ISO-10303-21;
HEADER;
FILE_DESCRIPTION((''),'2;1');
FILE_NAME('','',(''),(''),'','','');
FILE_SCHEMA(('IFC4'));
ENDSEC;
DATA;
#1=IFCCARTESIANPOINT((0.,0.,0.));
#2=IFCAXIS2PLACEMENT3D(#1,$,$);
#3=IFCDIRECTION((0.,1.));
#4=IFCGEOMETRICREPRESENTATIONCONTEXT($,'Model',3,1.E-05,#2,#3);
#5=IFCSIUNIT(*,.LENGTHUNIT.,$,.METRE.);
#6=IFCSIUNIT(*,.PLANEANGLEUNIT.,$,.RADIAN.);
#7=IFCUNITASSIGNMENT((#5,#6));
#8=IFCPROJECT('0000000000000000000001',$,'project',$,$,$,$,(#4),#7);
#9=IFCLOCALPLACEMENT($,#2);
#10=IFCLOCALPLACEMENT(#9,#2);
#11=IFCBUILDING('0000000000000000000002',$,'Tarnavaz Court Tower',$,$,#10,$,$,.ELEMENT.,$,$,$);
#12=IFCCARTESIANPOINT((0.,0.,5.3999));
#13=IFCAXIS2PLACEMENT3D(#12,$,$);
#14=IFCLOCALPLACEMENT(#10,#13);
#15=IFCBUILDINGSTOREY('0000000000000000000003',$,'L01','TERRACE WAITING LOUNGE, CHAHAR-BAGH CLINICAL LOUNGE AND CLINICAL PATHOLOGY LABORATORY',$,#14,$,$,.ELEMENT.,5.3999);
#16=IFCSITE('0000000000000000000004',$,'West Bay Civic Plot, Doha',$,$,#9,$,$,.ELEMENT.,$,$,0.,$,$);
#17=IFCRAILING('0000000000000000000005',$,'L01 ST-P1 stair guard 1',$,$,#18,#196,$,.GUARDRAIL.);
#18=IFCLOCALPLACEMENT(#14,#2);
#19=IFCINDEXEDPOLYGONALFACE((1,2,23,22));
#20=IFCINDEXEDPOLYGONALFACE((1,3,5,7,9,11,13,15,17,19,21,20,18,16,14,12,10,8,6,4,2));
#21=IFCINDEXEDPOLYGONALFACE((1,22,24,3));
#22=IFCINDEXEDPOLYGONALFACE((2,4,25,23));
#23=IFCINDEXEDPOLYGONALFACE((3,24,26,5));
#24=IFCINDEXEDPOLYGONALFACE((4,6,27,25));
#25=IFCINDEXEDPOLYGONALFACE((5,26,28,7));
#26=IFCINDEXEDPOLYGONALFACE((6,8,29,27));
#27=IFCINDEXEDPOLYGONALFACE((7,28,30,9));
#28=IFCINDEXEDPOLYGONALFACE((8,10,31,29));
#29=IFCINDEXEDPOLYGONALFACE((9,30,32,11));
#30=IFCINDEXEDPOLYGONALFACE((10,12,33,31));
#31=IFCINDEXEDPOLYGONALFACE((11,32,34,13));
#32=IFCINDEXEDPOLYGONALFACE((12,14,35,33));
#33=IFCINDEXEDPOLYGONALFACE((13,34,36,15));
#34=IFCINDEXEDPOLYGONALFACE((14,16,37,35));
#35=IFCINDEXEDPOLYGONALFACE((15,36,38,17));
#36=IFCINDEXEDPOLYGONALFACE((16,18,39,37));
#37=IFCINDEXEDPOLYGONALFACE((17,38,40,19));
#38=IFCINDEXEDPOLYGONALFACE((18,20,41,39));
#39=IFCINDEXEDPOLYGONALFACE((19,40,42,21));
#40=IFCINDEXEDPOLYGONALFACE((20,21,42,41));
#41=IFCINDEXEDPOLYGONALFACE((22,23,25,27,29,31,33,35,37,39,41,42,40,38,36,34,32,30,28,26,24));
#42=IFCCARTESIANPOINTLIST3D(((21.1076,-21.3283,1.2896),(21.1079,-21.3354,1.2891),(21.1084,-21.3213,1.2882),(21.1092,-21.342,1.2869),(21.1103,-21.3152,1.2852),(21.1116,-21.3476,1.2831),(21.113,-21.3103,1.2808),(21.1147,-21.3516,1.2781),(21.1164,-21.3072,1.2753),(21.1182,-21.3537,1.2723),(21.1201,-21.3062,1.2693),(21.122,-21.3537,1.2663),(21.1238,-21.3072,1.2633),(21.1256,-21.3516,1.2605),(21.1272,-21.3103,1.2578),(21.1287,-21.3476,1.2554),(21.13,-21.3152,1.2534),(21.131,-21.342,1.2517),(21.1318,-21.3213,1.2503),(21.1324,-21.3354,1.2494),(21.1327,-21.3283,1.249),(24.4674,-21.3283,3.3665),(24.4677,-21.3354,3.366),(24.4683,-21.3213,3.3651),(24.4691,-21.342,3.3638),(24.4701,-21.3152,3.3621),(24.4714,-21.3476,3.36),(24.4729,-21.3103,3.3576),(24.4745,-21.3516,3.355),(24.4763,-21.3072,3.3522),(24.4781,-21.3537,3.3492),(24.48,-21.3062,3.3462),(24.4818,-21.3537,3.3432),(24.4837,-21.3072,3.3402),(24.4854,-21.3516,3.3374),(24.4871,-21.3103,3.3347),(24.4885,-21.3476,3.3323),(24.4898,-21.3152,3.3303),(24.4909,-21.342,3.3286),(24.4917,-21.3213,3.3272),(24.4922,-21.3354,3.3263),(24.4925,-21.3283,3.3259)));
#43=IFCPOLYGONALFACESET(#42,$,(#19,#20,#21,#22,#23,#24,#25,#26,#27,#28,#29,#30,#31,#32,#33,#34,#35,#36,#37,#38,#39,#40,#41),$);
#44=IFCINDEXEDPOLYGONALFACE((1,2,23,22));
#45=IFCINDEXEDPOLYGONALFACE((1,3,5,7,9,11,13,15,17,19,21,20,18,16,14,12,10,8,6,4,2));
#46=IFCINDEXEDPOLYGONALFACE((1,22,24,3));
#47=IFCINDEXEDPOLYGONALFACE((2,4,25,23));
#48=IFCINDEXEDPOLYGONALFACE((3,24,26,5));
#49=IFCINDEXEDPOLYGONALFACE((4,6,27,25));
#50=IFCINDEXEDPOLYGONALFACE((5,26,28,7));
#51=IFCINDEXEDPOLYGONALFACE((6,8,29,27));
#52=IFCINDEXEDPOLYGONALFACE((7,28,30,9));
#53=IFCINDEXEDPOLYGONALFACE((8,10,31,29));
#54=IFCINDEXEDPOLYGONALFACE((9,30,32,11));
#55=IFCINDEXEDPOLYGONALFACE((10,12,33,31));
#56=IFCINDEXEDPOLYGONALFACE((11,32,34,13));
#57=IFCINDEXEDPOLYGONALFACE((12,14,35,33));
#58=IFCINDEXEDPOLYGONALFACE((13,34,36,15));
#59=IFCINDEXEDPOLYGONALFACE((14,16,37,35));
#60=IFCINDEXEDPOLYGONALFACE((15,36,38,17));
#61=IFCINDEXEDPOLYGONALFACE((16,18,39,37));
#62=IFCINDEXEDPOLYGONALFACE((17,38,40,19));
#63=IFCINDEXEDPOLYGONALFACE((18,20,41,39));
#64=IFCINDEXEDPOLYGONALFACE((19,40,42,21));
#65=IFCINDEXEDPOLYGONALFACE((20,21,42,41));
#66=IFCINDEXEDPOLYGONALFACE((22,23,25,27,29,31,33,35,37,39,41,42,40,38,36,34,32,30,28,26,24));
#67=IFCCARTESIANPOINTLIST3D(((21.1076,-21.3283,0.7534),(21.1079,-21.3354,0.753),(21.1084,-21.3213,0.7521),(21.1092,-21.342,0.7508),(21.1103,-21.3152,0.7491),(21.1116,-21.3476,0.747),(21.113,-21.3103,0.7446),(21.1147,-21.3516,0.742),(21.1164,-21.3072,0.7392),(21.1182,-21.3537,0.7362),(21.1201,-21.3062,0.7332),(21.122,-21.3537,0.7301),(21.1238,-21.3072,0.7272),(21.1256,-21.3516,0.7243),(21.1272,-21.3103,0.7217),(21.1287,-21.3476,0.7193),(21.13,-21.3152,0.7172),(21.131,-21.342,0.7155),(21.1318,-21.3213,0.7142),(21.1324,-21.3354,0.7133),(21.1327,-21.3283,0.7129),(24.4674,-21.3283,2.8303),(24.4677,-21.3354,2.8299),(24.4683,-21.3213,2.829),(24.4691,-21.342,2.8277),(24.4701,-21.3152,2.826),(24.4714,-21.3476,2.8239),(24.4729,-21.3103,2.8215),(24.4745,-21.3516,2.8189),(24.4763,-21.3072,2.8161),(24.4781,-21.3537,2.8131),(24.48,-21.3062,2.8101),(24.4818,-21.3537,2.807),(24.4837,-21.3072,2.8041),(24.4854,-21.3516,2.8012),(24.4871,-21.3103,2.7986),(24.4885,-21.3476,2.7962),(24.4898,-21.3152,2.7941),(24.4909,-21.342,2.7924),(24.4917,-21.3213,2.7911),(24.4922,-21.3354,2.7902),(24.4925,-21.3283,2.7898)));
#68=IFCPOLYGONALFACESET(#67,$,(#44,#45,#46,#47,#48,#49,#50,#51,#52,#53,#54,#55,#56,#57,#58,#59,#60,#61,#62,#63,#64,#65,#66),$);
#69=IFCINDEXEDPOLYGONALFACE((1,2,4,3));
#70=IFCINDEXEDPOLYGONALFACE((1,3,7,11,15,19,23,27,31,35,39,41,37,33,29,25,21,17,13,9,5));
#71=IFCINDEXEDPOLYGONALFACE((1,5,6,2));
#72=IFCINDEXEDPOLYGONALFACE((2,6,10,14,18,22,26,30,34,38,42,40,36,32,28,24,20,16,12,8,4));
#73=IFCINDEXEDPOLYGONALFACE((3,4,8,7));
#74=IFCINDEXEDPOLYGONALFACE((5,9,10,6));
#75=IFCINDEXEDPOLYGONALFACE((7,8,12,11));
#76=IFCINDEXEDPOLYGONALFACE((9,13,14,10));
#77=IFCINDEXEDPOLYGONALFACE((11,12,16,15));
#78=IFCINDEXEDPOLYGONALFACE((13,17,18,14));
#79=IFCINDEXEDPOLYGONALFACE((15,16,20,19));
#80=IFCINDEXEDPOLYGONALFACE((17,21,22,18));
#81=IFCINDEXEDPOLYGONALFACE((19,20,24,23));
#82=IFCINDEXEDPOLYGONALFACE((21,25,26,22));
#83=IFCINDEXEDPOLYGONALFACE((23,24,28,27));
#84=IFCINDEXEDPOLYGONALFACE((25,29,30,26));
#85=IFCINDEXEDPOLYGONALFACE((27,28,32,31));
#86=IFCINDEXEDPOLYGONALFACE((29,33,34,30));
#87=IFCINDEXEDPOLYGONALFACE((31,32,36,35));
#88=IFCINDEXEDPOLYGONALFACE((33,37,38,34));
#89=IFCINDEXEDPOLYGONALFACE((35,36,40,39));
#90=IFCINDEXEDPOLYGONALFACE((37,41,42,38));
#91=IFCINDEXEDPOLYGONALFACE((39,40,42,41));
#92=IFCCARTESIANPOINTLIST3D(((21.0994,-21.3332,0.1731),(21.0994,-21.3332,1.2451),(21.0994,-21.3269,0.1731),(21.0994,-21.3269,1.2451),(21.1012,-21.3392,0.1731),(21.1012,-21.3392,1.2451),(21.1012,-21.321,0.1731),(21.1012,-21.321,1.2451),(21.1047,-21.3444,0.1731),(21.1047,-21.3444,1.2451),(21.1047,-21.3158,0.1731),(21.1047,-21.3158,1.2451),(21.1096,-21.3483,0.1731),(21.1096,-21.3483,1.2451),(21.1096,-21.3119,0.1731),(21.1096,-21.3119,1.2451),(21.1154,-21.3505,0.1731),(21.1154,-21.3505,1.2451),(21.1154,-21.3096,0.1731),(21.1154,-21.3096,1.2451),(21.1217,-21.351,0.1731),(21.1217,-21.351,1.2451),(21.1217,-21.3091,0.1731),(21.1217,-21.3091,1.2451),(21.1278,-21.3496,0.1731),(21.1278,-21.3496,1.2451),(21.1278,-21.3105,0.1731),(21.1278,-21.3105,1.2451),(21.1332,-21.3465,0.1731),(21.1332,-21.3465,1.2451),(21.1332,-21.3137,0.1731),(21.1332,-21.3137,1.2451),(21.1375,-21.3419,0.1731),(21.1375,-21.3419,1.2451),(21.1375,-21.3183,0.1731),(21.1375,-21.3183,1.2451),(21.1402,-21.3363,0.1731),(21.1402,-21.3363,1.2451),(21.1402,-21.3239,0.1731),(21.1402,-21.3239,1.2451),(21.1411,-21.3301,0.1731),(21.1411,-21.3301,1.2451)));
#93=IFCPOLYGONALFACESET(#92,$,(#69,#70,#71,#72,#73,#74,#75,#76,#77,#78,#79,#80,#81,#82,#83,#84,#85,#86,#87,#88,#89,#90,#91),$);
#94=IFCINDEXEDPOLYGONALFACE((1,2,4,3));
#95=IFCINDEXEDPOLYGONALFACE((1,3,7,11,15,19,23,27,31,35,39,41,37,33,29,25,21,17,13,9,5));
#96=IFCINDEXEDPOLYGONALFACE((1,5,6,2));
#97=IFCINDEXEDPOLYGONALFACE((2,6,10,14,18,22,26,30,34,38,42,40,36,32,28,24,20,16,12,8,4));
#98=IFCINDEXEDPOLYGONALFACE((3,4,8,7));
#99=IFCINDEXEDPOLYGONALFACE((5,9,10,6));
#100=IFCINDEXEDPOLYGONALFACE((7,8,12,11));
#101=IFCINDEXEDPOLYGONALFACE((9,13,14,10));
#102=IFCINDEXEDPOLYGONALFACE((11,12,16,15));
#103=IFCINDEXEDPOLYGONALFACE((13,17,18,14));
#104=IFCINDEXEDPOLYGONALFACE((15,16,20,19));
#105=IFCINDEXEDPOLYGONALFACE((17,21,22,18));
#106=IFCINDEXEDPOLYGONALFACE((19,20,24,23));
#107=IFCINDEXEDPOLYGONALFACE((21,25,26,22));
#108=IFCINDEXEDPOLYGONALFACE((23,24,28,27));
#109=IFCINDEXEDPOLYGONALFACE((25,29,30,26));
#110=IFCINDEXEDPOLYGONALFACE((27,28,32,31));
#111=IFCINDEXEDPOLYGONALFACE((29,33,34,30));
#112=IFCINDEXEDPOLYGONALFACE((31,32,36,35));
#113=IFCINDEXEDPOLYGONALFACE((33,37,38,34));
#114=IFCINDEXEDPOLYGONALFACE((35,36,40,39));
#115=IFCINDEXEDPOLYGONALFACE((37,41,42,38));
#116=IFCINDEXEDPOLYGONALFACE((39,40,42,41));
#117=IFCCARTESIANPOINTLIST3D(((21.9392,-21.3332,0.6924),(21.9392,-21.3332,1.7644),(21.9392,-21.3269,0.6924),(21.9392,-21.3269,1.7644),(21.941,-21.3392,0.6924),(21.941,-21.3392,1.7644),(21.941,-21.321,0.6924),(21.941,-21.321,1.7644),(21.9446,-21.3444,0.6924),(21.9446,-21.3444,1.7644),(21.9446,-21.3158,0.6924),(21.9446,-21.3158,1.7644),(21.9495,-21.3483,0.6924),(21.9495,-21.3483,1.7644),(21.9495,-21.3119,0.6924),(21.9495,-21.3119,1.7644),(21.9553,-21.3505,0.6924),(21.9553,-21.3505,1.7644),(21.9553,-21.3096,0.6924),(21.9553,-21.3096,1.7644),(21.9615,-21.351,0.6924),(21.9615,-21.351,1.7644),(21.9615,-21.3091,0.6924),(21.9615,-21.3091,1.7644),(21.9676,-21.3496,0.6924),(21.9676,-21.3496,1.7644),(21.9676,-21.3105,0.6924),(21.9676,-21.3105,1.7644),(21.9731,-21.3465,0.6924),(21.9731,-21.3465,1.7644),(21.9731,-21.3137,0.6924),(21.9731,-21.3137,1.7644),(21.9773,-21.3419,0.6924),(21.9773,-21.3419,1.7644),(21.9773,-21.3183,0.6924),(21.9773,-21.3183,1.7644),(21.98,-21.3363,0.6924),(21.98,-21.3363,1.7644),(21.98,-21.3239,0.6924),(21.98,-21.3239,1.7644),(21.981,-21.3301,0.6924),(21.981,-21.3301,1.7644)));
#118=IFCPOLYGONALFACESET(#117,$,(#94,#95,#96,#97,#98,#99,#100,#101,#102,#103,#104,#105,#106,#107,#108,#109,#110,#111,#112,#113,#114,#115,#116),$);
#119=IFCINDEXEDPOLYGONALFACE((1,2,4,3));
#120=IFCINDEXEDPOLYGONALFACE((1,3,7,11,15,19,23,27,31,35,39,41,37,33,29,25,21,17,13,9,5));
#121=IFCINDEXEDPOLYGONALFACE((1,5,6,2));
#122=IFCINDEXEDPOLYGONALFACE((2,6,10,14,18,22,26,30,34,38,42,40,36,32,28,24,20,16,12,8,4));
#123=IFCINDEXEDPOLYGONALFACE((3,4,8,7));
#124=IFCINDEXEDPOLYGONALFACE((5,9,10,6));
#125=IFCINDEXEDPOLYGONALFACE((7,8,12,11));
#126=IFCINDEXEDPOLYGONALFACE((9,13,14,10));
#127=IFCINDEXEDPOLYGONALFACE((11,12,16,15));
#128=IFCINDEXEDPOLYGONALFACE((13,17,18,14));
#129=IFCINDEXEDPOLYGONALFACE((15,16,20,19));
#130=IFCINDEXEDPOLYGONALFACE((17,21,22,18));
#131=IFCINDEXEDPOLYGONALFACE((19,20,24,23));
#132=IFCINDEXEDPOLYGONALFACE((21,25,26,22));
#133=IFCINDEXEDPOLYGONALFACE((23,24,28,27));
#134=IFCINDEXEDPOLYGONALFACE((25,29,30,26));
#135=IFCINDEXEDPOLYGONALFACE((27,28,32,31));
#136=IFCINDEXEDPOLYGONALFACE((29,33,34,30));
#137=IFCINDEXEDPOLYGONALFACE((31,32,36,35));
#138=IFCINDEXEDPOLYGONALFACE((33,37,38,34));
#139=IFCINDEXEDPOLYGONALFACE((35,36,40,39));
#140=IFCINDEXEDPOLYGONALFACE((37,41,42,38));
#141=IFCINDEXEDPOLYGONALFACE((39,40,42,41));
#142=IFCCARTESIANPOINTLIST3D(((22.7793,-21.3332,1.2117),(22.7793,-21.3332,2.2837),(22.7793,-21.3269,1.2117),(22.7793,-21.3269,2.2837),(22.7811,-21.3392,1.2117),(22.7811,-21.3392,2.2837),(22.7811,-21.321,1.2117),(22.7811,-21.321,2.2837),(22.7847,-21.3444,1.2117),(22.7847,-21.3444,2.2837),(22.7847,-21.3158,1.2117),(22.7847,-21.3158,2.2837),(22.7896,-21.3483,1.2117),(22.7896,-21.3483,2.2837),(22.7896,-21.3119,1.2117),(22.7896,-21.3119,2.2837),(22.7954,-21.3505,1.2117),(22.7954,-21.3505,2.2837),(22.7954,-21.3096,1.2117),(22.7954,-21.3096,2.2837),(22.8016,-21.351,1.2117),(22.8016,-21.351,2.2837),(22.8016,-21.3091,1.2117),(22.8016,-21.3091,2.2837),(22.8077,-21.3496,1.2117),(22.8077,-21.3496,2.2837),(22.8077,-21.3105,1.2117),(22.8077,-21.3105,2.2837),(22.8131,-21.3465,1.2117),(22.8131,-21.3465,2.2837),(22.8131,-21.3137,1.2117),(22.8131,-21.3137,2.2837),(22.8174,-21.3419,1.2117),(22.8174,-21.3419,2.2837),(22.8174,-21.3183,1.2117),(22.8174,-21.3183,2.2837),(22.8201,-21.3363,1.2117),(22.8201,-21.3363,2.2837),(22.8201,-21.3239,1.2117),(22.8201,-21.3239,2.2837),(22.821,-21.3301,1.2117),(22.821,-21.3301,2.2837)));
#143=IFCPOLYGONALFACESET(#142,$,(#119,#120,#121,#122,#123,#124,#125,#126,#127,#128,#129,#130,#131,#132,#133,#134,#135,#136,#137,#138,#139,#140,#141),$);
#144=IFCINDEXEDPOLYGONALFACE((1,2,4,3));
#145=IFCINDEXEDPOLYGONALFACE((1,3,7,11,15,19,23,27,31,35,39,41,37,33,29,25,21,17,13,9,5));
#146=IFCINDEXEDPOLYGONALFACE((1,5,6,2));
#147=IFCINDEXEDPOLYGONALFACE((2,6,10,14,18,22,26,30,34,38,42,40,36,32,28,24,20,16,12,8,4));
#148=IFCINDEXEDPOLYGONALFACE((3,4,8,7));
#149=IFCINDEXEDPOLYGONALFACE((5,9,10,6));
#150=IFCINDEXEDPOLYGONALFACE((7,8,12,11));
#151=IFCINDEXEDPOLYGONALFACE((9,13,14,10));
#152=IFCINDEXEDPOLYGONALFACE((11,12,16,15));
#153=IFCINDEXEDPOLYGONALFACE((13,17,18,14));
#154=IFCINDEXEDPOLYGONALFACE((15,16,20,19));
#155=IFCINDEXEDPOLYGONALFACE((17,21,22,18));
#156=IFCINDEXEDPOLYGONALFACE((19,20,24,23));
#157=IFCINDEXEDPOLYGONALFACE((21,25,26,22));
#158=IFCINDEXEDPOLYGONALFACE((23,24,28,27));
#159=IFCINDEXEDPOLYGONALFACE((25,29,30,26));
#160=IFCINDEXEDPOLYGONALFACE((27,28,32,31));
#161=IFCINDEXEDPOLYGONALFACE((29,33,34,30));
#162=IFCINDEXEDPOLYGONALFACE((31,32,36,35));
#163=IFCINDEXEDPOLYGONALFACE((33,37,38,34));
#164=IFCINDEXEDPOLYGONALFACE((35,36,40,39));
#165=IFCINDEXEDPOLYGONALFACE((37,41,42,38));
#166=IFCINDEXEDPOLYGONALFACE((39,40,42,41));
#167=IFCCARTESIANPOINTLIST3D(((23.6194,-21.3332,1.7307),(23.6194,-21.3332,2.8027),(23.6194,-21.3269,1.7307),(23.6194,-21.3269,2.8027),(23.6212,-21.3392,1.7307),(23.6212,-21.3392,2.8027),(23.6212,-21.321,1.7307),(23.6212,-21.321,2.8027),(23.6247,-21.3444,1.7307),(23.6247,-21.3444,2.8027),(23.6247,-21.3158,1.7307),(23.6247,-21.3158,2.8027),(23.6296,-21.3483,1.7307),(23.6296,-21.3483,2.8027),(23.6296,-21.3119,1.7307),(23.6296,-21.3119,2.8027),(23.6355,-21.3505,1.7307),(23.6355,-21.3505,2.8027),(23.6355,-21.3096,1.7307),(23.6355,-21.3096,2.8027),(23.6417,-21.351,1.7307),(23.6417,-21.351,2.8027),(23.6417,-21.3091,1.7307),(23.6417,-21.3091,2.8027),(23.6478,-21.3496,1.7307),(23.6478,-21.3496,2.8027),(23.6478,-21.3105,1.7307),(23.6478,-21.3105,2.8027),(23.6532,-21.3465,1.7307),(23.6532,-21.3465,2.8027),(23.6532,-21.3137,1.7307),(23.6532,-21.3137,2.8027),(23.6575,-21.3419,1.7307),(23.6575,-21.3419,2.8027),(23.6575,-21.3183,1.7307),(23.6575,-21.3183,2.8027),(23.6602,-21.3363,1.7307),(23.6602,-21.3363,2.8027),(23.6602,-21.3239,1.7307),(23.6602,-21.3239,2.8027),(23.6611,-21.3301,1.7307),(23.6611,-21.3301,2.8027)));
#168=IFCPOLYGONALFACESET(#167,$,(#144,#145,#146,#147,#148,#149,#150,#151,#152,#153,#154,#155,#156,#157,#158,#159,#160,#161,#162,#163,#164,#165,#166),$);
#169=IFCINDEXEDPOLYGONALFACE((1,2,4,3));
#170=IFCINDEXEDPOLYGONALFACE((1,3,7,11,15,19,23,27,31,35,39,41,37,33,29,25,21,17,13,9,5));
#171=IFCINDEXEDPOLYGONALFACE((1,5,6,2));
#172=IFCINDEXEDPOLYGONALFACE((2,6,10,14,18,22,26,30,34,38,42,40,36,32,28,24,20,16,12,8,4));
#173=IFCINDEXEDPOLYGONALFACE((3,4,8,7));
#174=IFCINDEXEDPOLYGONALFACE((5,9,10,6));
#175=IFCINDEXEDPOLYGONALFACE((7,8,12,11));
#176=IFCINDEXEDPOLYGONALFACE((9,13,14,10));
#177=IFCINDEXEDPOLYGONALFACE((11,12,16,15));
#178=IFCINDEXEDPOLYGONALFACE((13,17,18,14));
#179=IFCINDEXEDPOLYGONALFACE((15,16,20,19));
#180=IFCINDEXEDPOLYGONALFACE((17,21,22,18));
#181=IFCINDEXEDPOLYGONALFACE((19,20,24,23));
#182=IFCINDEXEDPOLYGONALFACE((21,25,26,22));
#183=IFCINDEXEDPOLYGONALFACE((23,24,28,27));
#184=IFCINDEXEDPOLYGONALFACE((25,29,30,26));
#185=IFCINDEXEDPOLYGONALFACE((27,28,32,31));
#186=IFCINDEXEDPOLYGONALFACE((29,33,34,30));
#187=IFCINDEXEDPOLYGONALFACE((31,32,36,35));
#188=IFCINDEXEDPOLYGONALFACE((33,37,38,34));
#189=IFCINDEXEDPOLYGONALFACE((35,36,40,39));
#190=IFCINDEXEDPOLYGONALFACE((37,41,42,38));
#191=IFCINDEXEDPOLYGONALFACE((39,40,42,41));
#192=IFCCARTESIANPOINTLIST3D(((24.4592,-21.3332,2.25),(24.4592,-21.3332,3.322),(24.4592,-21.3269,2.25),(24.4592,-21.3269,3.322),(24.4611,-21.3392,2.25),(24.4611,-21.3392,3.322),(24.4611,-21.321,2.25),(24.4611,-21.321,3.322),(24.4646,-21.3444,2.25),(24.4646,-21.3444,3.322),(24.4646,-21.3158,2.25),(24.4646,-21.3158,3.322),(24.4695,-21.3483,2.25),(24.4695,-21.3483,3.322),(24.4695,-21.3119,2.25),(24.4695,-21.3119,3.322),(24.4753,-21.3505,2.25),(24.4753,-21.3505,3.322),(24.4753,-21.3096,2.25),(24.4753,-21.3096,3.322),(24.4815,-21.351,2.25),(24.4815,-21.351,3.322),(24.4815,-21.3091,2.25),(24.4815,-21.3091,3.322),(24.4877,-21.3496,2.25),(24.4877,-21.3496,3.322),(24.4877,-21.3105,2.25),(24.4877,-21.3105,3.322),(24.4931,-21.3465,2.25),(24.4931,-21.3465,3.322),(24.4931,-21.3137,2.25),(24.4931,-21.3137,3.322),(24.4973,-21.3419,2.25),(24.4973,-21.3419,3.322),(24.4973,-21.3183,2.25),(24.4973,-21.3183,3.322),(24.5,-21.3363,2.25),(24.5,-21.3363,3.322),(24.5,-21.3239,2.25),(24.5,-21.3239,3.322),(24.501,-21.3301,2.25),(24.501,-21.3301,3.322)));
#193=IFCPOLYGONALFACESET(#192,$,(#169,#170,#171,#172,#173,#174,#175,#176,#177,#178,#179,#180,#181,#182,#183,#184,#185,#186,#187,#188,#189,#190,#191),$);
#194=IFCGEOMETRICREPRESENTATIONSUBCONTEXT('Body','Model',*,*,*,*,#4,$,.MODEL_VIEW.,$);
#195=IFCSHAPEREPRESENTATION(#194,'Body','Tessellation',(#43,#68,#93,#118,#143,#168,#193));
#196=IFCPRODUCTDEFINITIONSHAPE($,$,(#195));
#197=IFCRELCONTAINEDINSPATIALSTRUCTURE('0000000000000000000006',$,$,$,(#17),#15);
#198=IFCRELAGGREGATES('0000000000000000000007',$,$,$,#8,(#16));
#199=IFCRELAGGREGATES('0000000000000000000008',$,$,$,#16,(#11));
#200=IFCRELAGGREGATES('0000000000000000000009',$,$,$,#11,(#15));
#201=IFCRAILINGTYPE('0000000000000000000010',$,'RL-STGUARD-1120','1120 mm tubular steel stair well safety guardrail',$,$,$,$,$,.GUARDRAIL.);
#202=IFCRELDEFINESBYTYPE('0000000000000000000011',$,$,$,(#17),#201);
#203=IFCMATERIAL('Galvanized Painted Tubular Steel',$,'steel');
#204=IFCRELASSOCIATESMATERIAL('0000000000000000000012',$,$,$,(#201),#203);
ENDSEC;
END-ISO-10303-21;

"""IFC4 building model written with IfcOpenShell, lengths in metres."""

from ifc_helpers import new_model, si_unit, direction, frame, origin, origin_2d, place, context, subcontext, project, spatial, circle, extrude, material, type_object, element, save


model = new_model("IFC4")

# Units and contexts
model_context = context("Model", 3, precision=1e-05, world=origin(), true_north=direction((0.0, 1.0)))
body_context = subcontext(model_context, "Body", "Model", "MODEL_VIEW")
ifc_project = project(units=[si_unit("LENGTHUNIT", "METRE"), si_unit("PLANEANGLEUNIT", "RADIAN")], contexts=[model_context])

# Site, building, storey
site_placement = place(None, origin())
site = spatial("IfcSite", under=ifc_project, at=site_placement, Name="West Bay Civic Plot, Doha", CompositionType="ELEMENT", RefElevation=0.0)
building_placement = place(site_placement, origin())
building = spatial("IfcBuilding", under=site, at=building_placement, Name="Tarnavaz Court Tower", CompositionType="ELEMENT")
storey_placement = place(building_placement, frame((0.0, 0.0, 5.3999)))
storey = spatial("IfcBuildingStorey", under=building, at=storey_placement, Name="L01", Description="TERRACE WAITING LOUNGE, CHAHAR-BAGH CLINICAL LOUNGE AND CLINICAL PATHOLOGY LABORATORY", CompositionType="ELEMENT", Elevation=5.3999)

# Railing
ifc_material_1 = material(Name="Galvanized Painted Tubular Steel", Category="steel")
railing_type_1 = type_object("IfcRailingType", Name="RL-STGUARD-1120", Description="1120 mm tubular steel stair well safety guardrail", PredefinedType="GUARDRAIL", material=ifc_material_1)
railing_1_placement = place(storey_placement, frame((21.1201, -21.3301, 0.1731)))
element("IfcRailing", 1, at=railing_1_placement, inside=storey, type_object=railing_type_1, Name="L01 ST-P1 stair guard 1", PredefinedType="GUARDRAIL", context=body_context, shape_type="SweptSolid", body=[
    extrude(circle(Radius=0.0239, at=origin_2d()), frame((0.0, 0.0, 1.0962), z_axis=(0.850606, 0.0, 0.525803), x_axis=(0.0, 1.0, 0.0)), (0.0, 0.0, 1.0), 3.95),
    extrude(circle(Radius=0.0239, at=origin_2d()), frame((0.0, 0.0, 0.5601), z_axis=(0.850606, 0.0, 0.525803), x_axis=(0.0, 1.0, 0.0)), (0.0, 0.0, 1.0), 3.95),
    extrude(circle(Radius=0.021, at=origin_2d()), origin(), (0.0, 0.0, 1.0), 1.072),
    extrude(circle(Radius=0.021, at=origin_2d()), frame((0.8398, 0.0, 0.5193)), (0.0, 0.0, 1.0), 1.072),
    extrude(circle(Radius=0.021, at=origin_2d()), frame((1.6799, 0.0, 1.0386)), (0.0, 0.0, 1.0), 1.072),
    extrude(circle(Radius=0.021, at=origin_2d()), frame((2.52, 0.0, 1.5576)), (0.0, 0.0, 1.0), 1.072),
    extrude(circle(Radius=0.021, at=origin_2d()), frame((3.3599, 0.0, 2.0769)), (0.0, 0.0, 1.0), 1.072),
])

save(model, "model.ifc")
